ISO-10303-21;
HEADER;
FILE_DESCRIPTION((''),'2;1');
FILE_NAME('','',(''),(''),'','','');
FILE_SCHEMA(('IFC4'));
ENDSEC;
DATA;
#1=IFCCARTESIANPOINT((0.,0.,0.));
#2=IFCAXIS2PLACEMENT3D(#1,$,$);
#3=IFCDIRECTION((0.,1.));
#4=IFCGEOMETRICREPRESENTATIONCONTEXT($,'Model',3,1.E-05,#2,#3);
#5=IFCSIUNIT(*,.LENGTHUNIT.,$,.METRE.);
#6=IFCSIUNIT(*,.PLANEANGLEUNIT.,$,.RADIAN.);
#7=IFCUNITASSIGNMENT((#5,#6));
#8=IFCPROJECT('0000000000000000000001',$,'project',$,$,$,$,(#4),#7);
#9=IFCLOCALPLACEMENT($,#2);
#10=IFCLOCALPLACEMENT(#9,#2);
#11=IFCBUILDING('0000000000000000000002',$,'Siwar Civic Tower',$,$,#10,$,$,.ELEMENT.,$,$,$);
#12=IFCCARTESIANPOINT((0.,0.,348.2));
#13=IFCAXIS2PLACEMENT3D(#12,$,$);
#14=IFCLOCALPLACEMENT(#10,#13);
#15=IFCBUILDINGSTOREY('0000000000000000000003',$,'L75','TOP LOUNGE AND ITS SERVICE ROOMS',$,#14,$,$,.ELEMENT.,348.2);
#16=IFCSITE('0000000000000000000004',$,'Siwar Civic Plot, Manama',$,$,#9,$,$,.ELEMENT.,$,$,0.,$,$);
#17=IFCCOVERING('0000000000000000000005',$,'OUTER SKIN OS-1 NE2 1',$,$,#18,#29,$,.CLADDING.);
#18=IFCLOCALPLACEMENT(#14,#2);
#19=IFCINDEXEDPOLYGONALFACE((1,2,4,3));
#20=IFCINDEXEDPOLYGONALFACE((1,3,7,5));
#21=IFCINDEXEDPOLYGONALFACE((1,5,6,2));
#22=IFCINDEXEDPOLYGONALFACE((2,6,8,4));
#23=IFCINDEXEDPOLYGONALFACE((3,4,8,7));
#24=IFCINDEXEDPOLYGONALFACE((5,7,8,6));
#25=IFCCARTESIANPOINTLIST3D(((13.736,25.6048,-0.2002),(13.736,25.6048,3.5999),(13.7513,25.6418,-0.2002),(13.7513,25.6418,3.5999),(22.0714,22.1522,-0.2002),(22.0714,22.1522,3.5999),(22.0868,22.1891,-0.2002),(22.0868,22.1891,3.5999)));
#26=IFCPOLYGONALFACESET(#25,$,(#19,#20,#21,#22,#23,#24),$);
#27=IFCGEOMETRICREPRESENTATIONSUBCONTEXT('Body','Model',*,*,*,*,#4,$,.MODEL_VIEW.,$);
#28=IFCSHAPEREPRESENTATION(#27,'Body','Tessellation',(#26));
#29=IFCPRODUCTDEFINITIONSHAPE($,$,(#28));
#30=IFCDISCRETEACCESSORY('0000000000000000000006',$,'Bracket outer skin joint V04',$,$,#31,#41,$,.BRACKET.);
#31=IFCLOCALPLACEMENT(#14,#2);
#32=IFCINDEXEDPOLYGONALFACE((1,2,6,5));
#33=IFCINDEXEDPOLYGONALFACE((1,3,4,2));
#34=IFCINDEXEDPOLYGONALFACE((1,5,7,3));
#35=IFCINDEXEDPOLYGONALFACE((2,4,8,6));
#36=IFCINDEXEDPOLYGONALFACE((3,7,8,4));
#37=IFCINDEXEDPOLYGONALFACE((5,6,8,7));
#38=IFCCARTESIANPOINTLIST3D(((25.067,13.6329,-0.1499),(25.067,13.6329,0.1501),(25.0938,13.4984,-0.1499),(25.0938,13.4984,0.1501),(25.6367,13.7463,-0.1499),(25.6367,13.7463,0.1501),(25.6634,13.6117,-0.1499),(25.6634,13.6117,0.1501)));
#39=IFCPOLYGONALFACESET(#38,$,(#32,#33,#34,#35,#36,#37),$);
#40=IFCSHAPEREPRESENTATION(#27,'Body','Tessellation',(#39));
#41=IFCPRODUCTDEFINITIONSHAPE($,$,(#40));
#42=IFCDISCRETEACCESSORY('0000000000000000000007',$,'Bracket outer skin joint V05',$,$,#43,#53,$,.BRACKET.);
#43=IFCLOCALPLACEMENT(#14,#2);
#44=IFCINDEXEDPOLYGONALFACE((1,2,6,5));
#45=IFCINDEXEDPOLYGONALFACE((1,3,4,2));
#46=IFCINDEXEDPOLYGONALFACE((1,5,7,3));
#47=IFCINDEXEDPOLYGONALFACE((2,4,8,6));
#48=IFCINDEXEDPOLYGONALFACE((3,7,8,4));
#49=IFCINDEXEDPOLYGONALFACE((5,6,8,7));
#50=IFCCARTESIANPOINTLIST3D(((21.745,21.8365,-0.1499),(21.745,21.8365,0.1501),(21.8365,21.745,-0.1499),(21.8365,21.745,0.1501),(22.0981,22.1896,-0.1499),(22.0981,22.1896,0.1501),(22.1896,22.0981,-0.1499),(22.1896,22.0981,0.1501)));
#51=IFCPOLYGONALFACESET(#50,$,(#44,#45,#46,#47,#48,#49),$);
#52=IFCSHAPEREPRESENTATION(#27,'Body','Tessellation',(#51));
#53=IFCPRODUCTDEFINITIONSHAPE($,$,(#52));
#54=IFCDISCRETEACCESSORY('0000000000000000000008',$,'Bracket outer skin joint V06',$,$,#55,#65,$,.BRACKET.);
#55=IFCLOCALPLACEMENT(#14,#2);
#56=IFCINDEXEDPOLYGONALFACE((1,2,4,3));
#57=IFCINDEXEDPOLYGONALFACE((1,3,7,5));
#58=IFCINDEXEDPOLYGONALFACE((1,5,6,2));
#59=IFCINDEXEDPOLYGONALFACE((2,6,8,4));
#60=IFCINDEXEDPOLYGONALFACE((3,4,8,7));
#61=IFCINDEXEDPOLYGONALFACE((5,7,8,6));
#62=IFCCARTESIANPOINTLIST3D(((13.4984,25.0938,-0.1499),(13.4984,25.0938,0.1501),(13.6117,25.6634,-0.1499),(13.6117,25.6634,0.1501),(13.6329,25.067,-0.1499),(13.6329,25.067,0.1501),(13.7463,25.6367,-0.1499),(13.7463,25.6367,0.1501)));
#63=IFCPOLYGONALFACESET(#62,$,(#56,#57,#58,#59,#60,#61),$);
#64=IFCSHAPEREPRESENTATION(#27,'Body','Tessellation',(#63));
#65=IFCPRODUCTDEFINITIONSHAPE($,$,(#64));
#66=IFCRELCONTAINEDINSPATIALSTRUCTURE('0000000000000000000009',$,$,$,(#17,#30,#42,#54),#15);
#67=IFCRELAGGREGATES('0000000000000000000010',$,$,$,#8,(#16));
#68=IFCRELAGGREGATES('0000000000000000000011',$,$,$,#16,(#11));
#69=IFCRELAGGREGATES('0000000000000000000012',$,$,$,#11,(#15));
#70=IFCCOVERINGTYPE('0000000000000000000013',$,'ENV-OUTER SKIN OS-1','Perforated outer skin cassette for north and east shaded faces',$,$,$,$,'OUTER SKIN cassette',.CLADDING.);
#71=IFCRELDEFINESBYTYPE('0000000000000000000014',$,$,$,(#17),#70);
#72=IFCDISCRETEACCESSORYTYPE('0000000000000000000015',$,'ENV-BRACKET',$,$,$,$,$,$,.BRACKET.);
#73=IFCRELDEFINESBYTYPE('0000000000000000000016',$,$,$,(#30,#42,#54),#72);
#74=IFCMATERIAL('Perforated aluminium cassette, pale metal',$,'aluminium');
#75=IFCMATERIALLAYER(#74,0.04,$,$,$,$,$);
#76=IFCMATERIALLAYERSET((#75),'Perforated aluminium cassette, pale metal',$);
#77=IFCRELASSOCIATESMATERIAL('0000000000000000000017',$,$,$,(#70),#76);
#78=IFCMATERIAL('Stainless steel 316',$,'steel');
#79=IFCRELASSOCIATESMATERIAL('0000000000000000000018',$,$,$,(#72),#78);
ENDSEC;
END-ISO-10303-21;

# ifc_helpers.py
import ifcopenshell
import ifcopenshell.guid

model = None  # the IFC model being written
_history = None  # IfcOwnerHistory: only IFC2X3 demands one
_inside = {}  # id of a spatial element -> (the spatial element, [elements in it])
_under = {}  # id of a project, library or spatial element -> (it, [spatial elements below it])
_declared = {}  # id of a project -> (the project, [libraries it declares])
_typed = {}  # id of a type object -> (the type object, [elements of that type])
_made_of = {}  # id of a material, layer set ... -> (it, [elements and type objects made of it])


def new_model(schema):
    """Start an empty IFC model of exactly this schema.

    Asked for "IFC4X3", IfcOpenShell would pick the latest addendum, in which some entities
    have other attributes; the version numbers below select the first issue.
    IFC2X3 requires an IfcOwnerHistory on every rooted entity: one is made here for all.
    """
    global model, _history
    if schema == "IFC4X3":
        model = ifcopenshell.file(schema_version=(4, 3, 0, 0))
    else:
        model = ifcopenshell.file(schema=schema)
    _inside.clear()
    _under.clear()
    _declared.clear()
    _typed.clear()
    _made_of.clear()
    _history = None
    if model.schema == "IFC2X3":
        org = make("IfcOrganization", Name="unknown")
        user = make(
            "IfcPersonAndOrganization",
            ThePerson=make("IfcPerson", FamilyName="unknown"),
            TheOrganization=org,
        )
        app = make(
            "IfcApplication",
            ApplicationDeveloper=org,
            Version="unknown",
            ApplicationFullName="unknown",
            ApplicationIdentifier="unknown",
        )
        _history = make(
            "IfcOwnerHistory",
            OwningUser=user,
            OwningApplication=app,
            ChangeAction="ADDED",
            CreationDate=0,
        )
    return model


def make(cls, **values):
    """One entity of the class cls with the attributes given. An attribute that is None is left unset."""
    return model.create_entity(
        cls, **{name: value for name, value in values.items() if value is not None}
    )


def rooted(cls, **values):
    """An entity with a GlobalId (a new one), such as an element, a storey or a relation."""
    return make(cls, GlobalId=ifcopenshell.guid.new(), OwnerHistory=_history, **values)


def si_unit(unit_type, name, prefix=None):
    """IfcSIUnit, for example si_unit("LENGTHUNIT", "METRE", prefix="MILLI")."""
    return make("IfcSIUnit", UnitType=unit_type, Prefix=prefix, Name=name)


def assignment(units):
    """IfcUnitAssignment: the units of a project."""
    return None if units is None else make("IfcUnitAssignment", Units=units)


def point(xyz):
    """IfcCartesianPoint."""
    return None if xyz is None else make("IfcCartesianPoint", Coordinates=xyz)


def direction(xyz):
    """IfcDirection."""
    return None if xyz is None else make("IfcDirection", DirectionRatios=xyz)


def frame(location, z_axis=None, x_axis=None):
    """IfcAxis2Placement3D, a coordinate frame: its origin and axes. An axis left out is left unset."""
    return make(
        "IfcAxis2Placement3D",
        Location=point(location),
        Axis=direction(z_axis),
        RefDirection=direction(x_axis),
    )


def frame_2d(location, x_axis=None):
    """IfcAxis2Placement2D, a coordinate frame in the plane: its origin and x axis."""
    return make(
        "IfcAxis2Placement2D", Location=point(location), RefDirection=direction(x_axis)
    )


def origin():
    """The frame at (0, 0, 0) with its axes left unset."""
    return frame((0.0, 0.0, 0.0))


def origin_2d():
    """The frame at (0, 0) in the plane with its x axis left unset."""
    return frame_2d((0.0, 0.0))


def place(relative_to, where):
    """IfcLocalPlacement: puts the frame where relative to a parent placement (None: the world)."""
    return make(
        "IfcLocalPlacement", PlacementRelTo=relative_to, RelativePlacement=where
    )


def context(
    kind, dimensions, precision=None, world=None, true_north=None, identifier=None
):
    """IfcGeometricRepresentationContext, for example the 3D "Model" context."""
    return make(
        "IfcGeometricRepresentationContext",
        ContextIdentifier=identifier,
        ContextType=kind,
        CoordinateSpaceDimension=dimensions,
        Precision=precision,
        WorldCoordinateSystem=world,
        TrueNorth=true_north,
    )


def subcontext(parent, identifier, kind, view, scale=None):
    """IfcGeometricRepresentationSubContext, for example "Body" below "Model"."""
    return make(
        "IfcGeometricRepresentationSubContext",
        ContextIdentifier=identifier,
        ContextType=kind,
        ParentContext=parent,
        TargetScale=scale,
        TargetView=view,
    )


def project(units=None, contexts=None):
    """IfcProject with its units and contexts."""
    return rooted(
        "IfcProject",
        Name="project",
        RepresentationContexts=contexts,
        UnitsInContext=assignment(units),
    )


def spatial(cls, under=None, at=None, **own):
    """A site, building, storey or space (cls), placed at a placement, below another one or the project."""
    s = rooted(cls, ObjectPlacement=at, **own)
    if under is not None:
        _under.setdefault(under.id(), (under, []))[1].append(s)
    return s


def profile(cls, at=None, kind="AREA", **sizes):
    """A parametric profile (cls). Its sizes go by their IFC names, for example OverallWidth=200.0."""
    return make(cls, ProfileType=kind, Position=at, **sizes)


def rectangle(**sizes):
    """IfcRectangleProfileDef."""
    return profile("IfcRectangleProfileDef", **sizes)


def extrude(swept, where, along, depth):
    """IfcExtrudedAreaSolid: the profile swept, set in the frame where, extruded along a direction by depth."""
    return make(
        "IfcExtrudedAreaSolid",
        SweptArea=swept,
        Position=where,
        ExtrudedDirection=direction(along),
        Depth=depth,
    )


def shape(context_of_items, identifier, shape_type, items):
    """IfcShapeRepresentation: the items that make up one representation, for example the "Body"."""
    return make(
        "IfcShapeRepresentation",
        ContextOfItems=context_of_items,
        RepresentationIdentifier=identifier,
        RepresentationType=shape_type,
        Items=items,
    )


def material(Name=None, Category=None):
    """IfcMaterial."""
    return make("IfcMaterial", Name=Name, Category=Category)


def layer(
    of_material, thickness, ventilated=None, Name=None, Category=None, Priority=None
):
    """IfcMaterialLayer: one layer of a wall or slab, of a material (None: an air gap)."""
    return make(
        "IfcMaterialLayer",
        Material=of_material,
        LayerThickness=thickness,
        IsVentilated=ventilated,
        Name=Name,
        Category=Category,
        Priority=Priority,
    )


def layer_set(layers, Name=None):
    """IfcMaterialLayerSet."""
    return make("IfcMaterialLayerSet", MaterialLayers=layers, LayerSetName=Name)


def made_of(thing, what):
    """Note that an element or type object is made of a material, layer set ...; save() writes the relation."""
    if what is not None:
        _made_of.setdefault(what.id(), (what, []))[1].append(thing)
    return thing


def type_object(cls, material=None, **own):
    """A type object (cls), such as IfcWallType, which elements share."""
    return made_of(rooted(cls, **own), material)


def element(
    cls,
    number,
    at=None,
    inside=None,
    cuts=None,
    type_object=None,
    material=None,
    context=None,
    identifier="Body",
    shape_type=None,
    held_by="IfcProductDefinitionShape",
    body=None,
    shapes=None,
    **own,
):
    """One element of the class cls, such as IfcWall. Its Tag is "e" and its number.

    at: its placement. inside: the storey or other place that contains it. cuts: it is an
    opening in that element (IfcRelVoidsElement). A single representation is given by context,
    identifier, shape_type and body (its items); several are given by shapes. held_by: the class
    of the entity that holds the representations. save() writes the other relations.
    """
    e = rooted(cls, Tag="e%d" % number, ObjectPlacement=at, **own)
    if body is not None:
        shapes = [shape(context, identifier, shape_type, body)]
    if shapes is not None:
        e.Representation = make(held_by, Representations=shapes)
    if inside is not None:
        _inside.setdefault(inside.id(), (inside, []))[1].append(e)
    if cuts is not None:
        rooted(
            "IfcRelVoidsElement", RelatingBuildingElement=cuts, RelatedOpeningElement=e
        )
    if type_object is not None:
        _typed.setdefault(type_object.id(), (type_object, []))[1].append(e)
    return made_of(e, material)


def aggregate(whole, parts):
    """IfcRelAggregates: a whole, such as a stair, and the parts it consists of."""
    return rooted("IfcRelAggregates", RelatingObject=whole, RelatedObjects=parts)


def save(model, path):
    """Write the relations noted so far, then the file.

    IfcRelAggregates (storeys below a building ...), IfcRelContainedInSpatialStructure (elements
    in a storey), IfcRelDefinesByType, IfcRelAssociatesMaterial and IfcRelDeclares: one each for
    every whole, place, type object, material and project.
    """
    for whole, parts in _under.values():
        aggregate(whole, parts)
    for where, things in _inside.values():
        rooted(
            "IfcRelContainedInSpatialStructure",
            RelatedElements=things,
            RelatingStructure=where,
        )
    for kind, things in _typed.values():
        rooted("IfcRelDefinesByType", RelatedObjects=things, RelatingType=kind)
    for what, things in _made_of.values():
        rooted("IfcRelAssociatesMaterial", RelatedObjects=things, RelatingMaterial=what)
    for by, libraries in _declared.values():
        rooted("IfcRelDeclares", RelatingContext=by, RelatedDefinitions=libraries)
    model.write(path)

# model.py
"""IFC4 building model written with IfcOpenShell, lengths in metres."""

from ifc_helpers import new_model, si_unit, direction, frame, origin, origin_2d, place, context, subcontext, project, spatial, rectangle, extrude, material, layer, layer_set, type_object, element, save


model = new_model("IFC4")

# Units and contexts
model_context = context("Model", 3, precision=1e-05, world=origin(), true_north=direction((0.0, 1.0)))
body_context = subcontext(model_context, "Body", "Model", "MODEL_VIEW")
ifc_project = project(units=[si_unit("LENGTHUNIT", "METRE"), si_unit("PLANEANGLEUNIT", "RADIAN")], contexts=[model_context])

# Site, building, storey
site_placement = place(None, origin())
site = spatial("IfcSite", under=ifc_project, at=site_placement, Name="Siwar Civic Plot, Manama", CompositionType="ELEMENT", RefElevation=0.0)
building_placement = place(site_placement, origin())
building = spatial("IfcBuilding", under=site, at=building_placement, Name="Siwar Civic Tower", CompositionType="ELEMENT")
storey_placement = place(building_placement, frame((0.0, 0.0, 348.2)))
storey = spatial("IfcBuildingStorey", under=building, at=storey_placement, Name="L75", Description="TOP LOUNGE AND ITS SERVICE ROOMS", CompositionType="ELEMENT", Elevation=348.2)

# Covering
ifc_material_1 = material(Name="Perforated aluminium cassette, pale metal", Category="aluminium")
ifc_layer_1 = layer(ifc_material_1, 0.04)
ifc_layer_set_1 = layer_set([ifc_layer_1], Name="Perforated aluminium cassette, pale metal")
covering_type = type_object("IfcCoveringType", Name="ENV-OUTER SKIN OS-1", Description="Perforated outer skin cassette for north and east shaded faces", ElementType="OUTER SKIN cassette", PredefinedType="CLADDING", material=ifc_layer_set_1)
for number, where, z_axis, x_axis, name in (
    (1, (17.9114, 23.897, -0.2002), (0.0, 0.0, 1.0), (-0.92388, 0.382683, 0.0), "OUTER SKIN OS-1 NE2 1"),
):
    element("IfcCovering", number, at=place(storey_placement, frame(where, z_axis=z_axis, x_axis=x_axis)), inside=storey, type_object=covering_type, Name=name, PredefinedType="CLADDING", context=body_context, shape_type="SweptSolid", body=[
        extrude(rectangle(XDim=9.0222, YDim=0.04, at=origin_2d()), origin(), (0.0, 0.0, 1.0), 3.8),
    ])

# Discrete accessories
ifc_material_2 = material(Name="Stainless steel 316", Category="steel")
discrete_accessory_type = type_object("IfcDiscreteAccessoryType", Name="ENV-BRACKET", PredefinedType="BRACKET", material=ifc_material_2)
discrete_accessory_1_placement = place(storey_placement, frame((25.3652, 13.6223, -0.1499), z_axis=(0.0, 0.0, 1.0), x_axis=(0.980785, 0.19509, 0.0)))
element("IfcDiscreteAccessory", 2, at=discrete_accessory_1_placement, inside=storey, type_object=discrete_accessory_type, Name="Bracket outer skin joint V04", PredefinedType="BRACKET", context=body_context, shape_type="SweptSolid", body=[
    extrude(rectangle(XDim=0.5808, YDim=0.1372, at=origin_2d()), origin(), (0.0, 0.0, 1.0), 0.3),
])
discrete_accessory_2_placement = place(storey_placement, frame((21.9673, 21.9673, -0.1499), z_axis=(0.0, 0.0, 1.0), x_axis=(0.707107, 0.707107, 0.0)))
element("IfcDiscreteAccessory", 3, at=discrete_accessory_2_placement, inside=storey, type_object=discrete_accessory_type, Name="Bracket outer skin joint V05", PredefinedType="BRACKET", context=body_context, shape_type="SweptSolid", body=[
    extrude(rectangle(XDim=0.4993, YDim=0.1294, at=origin_2d()), origin(), (0.0, 0.0, 1.0), 0.3),
])
discrete_accessory_3_placement = place(storey_placement, frame((13.6223, 25.3652, -0.1499), z_axis=(0.0, 0.0, 1.0), x_axis=(0.19509, 0.980785, 0.0)))
element("IfcDiscreteAccessory", 4, at=discrete_accessory_3_placement, inside=storey, type_object=discrete_accessory_type, Name="Bracket outer skin joint V06", PredefinedType="BRACKET", context=body_context, shape_type="SweptSolid", body=[
    extrude(rectangle(XDim=0.5808, YDim=0.1372, at=origin_2d()), origin(), (0.0, 0.0, 1.0), 0.3),
])

save(model, "model.ifc")
